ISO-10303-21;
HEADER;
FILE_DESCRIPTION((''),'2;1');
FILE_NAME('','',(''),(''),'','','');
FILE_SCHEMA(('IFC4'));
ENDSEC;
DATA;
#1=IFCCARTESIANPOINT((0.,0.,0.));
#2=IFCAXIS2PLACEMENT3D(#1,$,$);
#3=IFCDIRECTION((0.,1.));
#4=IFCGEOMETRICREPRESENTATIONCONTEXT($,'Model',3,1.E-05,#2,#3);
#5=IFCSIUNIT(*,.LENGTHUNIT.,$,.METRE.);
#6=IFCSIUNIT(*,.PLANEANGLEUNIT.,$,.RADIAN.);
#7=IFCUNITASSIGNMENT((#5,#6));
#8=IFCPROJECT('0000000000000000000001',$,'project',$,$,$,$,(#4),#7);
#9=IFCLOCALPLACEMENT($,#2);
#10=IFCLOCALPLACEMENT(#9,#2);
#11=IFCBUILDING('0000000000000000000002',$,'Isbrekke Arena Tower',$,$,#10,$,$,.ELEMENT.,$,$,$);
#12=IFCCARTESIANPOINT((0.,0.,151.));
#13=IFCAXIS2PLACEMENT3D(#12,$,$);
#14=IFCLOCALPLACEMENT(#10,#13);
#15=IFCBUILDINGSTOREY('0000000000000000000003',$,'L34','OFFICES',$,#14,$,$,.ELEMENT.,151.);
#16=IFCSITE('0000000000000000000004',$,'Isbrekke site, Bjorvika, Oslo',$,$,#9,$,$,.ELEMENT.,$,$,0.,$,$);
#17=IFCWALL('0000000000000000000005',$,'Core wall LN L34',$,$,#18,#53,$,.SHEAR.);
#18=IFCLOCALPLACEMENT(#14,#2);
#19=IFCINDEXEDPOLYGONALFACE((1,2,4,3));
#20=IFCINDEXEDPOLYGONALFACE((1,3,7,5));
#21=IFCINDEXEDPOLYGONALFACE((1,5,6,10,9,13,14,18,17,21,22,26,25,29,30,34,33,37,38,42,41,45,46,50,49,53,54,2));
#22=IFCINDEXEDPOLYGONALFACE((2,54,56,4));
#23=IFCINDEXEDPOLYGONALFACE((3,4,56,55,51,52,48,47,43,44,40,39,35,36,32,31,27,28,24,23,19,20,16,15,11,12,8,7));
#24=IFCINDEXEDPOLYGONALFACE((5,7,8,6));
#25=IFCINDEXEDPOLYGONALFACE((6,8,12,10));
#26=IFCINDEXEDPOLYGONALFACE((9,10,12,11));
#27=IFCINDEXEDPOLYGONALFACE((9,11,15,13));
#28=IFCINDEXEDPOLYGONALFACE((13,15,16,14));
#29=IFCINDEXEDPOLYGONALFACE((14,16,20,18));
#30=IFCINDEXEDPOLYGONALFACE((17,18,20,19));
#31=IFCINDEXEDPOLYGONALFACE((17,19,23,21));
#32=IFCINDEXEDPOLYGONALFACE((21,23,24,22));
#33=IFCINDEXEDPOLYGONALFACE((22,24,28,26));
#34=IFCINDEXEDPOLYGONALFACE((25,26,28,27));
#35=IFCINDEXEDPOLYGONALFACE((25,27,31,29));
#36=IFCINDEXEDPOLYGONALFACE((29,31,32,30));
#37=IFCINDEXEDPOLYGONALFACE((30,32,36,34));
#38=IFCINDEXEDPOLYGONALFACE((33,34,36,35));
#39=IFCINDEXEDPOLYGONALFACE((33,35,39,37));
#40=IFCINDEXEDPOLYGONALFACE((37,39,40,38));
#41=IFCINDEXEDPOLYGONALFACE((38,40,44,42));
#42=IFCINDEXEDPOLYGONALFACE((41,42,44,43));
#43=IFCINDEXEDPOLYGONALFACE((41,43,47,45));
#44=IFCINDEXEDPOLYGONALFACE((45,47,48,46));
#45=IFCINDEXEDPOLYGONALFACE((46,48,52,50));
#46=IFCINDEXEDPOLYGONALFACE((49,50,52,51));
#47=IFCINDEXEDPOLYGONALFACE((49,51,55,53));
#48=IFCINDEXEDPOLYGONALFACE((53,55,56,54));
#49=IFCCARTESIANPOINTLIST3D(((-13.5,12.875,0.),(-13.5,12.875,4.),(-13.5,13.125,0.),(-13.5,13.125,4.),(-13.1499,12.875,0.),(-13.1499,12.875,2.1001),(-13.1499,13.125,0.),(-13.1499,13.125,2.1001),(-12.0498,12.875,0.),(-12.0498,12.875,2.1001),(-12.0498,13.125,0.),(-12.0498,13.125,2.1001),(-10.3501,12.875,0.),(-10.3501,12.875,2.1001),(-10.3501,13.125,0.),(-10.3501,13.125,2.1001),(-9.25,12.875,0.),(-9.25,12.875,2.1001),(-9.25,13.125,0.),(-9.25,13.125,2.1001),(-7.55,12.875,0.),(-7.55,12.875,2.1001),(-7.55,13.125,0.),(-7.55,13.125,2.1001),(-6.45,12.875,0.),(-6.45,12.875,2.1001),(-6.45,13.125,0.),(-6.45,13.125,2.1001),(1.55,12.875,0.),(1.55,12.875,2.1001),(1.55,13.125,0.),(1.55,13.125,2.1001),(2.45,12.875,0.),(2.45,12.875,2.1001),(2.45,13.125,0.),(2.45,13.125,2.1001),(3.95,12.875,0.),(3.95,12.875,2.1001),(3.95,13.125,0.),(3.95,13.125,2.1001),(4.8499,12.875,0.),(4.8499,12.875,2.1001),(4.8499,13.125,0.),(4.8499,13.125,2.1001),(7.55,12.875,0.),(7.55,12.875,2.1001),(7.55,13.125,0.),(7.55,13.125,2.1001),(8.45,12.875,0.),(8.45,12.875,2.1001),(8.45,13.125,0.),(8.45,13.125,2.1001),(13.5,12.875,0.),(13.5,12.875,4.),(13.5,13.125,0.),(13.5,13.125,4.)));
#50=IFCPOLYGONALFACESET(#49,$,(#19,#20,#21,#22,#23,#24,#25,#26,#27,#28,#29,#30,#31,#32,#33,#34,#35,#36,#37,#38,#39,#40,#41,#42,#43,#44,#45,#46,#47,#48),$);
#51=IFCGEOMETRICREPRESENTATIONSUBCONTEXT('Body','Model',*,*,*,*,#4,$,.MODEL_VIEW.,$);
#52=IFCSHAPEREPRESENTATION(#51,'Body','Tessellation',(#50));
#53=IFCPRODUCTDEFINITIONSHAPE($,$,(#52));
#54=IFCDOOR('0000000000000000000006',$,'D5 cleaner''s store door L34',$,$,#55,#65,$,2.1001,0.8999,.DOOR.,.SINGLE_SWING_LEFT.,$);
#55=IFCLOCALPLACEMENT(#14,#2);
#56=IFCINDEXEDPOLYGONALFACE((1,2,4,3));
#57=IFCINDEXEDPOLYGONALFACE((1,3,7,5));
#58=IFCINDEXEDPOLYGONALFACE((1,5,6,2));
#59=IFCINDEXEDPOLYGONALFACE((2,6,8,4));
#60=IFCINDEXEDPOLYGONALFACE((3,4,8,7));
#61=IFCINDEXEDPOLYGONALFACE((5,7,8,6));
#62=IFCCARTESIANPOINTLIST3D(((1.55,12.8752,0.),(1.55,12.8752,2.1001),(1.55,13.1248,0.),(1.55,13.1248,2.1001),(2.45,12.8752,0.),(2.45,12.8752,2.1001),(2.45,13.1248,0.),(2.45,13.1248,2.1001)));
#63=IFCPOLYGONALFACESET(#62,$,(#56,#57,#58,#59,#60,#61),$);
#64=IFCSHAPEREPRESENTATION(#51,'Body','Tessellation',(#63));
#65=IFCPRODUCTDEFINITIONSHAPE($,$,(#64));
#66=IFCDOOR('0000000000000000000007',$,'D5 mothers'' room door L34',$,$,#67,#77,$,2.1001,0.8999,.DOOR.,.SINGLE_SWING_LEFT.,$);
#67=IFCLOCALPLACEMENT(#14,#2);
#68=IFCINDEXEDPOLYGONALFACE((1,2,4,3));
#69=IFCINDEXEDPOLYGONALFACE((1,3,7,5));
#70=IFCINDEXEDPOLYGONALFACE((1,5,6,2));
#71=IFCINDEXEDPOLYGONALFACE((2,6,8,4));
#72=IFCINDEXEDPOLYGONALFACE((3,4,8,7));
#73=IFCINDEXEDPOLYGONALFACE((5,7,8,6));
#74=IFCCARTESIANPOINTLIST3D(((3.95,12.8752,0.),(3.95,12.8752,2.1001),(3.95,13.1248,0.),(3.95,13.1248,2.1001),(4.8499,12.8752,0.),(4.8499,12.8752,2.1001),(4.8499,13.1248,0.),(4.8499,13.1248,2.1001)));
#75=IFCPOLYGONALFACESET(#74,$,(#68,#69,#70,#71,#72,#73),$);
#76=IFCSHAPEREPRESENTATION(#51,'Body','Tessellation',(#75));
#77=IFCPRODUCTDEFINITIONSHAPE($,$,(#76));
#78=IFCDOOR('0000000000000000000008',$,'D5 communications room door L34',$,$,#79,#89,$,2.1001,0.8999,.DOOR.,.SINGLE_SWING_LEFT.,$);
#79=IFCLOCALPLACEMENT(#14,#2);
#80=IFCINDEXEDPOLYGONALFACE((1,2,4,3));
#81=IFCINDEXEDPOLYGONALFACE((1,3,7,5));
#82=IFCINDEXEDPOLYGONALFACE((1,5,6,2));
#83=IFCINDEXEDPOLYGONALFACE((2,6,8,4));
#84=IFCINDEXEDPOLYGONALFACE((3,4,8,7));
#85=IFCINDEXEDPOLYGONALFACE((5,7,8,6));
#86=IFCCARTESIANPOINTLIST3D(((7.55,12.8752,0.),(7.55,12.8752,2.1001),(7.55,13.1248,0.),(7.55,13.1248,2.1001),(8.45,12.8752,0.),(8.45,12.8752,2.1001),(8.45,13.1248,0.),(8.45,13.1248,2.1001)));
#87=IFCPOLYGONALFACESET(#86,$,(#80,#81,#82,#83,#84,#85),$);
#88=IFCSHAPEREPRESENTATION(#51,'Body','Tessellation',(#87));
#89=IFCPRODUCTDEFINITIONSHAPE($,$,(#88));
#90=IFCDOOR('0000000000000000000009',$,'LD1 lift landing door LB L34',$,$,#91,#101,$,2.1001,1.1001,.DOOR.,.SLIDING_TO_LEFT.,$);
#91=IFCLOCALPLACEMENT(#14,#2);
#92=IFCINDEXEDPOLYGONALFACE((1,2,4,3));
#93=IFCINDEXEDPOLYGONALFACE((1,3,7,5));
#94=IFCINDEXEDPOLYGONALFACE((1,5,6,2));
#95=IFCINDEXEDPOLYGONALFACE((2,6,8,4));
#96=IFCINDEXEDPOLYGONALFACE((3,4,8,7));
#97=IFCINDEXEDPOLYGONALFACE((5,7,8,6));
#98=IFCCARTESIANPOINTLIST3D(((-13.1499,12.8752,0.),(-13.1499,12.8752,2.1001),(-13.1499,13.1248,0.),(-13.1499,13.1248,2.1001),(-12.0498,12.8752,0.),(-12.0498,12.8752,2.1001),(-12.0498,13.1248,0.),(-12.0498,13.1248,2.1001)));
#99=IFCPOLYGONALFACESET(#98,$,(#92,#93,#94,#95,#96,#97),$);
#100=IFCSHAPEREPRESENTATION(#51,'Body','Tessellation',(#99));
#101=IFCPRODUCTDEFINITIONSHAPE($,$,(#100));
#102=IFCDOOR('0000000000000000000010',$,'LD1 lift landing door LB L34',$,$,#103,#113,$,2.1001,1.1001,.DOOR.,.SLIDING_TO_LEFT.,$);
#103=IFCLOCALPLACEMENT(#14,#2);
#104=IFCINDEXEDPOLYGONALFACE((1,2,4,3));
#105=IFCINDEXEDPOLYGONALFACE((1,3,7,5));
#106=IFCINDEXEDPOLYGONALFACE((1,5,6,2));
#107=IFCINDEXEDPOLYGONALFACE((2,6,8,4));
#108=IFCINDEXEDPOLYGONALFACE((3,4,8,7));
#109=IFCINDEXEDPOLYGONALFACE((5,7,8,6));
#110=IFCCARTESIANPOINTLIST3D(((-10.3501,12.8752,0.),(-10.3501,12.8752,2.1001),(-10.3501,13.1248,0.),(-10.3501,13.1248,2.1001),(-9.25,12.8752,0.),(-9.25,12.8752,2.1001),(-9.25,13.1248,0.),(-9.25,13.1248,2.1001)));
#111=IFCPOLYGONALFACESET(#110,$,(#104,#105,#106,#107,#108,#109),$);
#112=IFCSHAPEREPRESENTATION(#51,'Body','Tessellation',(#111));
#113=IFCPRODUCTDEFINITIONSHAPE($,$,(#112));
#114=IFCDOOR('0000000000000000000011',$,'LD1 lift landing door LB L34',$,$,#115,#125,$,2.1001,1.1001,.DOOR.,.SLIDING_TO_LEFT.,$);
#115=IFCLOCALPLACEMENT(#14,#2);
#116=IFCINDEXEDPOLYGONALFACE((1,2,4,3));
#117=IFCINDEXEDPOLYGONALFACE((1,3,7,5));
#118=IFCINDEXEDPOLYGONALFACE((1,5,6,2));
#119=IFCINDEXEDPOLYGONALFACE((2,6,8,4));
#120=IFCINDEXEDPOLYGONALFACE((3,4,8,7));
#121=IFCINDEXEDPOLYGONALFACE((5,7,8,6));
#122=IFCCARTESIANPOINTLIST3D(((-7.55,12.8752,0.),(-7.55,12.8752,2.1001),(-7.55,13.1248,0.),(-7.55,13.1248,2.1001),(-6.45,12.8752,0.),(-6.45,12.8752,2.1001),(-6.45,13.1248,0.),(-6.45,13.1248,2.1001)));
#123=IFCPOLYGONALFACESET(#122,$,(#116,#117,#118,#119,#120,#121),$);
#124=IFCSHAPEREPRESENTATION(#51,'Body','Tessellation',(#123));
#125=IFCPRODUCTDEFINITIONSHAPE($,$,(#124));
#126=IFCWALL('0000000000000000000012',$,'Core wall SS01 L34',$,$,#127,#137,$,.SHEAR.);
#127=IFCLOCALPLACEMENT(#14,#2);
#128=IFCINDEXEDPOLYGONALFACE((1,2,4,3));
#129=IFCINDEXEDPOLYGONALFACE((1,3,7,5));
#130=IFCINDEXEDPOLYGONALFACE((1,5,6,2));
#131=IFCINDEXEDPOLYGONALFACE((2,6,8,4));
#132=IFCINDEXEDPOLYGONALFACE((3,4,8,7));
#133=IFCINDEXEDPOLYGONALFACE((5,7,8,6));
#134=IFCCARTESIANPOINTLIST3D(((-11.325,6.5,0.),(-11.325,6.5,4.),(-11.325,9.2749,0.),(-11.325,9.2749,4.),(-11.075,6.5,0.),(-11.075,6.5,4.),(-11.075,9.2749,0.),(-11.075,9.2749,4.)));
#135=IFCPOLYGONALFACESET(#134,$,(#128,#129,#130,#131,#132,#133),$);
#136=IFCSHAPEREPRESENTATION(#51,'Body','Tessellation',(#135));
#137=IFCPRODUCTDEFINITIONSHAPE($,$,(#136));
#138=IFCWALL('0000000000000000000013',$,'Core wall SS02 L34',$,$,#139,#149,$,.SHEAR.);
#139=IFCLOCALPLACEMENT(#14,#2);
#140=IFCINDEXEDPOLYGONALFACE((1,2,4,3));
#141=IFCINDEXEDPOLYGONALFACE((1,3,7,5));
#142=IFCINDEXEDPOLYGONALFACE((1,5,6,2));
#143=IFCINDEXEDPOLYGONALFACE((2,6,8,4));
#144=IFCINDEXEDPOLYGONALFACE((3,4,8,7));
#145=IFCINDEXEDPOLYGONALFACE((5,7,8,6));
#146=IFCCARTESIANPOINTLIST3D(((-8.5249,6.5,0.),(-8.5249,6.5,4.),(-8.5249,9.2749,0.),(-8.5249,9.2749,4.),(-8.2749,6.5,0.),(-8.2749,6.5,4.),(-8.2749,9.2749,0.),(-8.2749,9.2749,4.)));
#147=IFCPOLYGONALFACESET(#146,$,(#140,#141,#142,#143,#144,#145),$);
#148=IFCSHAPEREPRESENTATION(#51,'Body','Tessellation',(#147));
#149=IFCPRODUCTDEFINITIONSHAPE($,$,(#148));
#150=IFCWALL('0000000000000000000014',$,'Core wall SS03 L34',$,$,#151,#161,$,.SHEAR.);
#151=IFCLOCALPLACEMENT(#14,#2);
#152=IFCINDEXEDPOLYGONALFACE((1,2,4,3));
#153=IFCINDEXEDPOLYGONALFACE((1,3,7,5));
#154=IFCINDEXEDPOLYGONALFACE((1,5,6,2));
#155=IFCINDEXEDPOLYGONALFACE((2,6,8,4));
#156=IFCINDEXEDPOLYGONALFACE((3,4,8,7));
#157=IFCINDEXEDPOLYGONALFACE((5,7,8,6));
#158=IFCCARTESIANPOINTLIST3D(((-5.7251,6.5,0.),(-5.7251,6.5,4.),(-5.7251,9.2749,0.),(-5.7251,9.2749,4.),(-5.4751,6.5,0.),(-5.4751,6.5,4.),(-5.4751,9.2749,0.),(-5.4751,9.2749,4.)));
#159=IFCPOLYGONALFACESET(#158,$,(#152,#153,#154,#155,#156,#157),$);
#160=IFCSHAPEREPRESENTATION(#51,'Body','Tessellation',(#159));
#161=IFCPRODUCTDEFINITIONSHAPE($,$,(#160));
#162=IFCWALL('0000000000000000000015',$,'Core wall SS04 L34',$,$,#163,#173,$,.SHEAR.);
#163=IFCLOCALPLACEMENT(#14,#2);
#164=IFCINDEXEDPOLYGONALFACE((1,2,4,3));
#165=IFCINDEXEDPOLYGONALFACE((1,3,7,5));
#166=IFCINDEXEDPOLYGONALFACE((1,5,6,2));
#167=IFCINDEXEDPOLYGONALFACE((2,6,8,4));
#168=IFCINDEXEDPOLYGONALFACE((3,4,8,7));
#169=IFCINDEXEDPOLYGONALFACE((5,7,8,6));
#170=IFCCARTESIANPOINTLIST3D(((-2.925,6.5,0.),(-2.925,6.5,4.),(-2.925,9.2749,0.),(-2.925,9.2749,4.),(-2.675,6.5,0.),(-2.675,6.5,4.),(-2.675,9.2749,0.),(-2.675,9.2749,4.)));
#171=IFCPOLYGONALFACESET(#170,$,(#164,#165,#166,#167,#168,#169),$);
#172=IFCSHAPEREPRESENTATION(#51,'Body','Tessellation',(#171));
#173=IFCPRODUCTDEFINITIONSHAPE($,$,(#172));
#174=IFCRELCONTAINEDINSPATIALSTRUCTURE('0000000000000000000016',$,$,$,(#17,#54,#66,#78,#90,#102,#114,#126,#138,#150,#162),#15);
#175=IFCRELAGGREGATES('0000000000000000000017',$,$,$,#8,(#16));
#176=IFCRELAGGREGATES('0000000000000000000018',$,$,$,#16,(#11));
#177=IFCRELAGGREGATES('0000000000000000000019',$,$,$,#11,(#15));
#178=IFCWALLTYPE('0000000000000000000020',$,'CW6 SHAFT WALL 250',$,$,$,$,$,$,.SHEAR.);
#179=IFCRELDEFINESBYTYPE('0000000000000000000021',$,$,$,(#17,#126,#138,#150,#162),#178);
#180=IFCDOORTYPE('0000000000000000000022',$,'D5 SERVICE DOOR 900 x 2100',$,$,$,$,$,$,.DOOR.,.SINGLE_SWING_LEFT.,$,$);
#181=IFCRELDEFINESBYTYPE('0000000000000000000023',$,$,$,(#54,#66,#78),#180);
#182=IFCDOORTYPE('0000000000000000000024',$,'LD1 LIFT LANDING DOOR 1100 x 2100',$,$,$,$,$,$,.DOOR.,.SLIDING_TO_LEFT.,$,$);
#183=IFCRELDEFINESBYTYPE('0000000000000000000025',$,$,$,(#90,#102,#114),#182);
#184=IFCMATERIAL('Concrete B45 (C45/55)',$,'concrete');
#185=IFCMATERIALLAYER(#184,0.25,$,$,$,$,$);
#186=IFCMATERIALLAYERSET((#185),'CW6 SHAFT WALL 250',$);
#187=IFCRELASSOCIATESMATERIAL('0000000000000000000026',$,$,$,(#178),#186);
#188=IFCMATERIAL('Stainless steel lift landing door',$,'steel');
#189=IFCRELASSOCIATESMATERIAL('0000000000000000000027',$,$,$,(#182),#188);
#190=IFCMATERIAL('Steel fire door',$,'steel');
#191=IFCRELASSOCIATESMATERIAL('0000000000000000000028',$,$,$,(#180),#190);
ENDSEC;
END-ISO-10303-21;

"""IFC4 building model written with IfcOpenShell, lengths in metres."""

from ifc_helpers import new_model, si_unit, direction, frame, frame_2d, origin, place, context, subcontext, project, spatial, rectangle, extrude, material, layer, layer_set, type_object, element, fill, save


model = new_model("IFC4")

# Units and contexts
model_context = context("Model", 3, precision=1e-05, world=origin(), true_north=direction((0.0, 1.0)))
body_context = subcontext(model_context, "Body", "Model", "MODEL_VIEW")
ifc_project = project(units=[si_unit("LENGTHUNIT", "METRE"), si_unit("PLANEANGLEUNIT", "RADIAN")], contexts=[model_context])

# Site, building, storey
site_placement = place(None, origin())
site = spatial("IfcSite", under=ifc_project, at=site_placement, Name="Isbrekke site, Bjorvika, Oslo", CompositionType="ELEMENT", RefElevation=0.0)
building_placement = place(site_placement, origin())
building = spatial("IfcBuilding", under=site, at=building_placement, Name="Isbrekke Arena Tower", CompositionType="ELEMENT")
storey_placement = place(building_placement, frame((0.0, 0.0, 151.0)))
storey = spatial("IfcBuildingStorey", under=building, at=storey_placement, Name="L34", Description="OFFICES", CompositionType="ELEMENT", Elevation=151.0)

# Wall, openings, doors
ifc_material_1 = material(Name="Concrete B45 (C45/55)", Category="concrete")
ifc_layer_1 = layer(ifc_material_1, 0.25)
ifc_layer_set_1 = layer_set([ifc_layer_1], Name="CW6 SHAFT WALL 250")
wall_type_1 = type_object("IfcWallType", Name="CW6 SHAFT WALL 250", PredefinedType="SHEAR", material=ifc_layer_set_1)
ifc_material_2 = material(Name="Stainless steel lift landing door", Category="steel")
door_type_1 = type_object("IfcDoorType", Name="LD1 LIFT LANDING DOOR 1100 x 2100", OperationType="SLIDING_TO_LEFT", PredefinedType="DOOR", material=ifc_material_2)
wall_1_placement = place(storey_placement, frame((-13.5, 13.0, 0.0), z_axis=(0.0, 0.0, 1.0), x_axis=(1.0, 0.0, 0.0)))
wall_1 = element("IfcWall", 1, at=wall_1_placement, inside=storey, type_object=wall_type_1, Name="Core wall LN L34", PredefinedType="SHEAR", context=body_context, shape_type="SweptSolid", body=[
    extrude(rectangle(XDim=27.0, YDim=0.25, at=frame_2d((13.5, 0.0))), origin(), (0.0, 0.0, 1.0), 4.0),
])
opening_1_placement = place(wall_1_placement, frame((0.3501, 0.0, 0.0)))
opening_1 = element("IfcOpeningElement", 2, at=opening_1_placement, cuts=wall_1, PredefinedType="OPENING", context=body_context, shape_type="SweptSolid", body=[
    extrude(rectangle(XDim=1.1001, YDim=2.1001, at=frame_2d((0.55, 1.05))), frame((0.0, 0.1399, 0.0), z_axis=(0.0, -1.0, 0.0), x_axis=(1.0, 0.0, 0.0)), (0.0, 0.0, 1.0), 0.2798),
])
opening_2_placement = place(wall_1_placement, frame((3.1499, 0.0, 0.0)))
opening_2 = element("IfcOpeningElement", 3, at=opening_2_placement, cuts=wall_1, PredefinedType="OPENING", context=body_context, shape_type="SweptSolid", body=[
    extrude(rectangle(XDim=1.1001, YDim=2.1001, at=frame_2d((0.55, 1.05))), frame((0.0, 0.1399, 0.0), z_axis=(0.0, -1.0, 0.0), x_axis=(1.0, 0.0, 0.0)), (0.0, 0.0, 1.0), 0.2798),
])
opening_3_placement = place(wall_1_placement, frame((5.95, 0.0, 0.0)))
opening_3 = element("IfcOpeningElement", 4, at=opening_3_placement, cuts=wall_1, PredefinedType="OPENING", context=body_context, shape_type="SweptSolid", body=[
    extrude(rectangle(XDim=1.1001, YDim=2.1001, at=frame_2d((0.55, 1.05))), frame((0.0, 0.1399, 0.0), z_axis=(0.0, -1.0, 0.0), x_axis=(1.0, 0.0, 0.0)), (0.0, 0.0, 1.0), 0.2798),
])
opening_4_placement = place(wall_1_placement, frame((15.05, 0.0, 0.0)))
opening_4 = element("IfcOpeningElement", 5, at=opening_4_placement, cuts=wall_1, PredefinedType="OPENING", context=body_context, shape_type="SweptSolid", body=[
    extrude(rectangle(XDim=0.8999, YDim=2.1001, at=frame_2d((0.45, 1.05))), frame((0.0, 0.1399, 0.0), z_axis=(0.0, -1.0, 0.0), x_axis=(1.0, 0.0, 0.0)), (0.0, 0.0, 1.0), 0.2798),
])
opening_5_placement = place(wall_1_placement, frame((17.45, 0.0, 0.0)))
opening_5 = element("IfcOpeningElement", 6, at=opening_5_placement, cuts=wall_1, PredefinedType="OPENING", context=body_context, shape_type="SweptSolid", body=[
    extrude(rectangle(XDim=0.8999, YDim=2.1001, at=frame_2d((0.45, 1.05))), frame((0.0, 0.1399, 0.0), z_axis=(0.0, -1.0, 0.0), x_axis=(1.0, 0.0, 0.0)), (0.0, 0.0, 1.0), 0.2798),
])
opening_6_placement = place(wall_1_placement, frame((21.05, 0.0, 0.0)))
opening_6 = element("IfcOpeningElement", 7, at=opening_6_placement, cuts=wall_1, PredefinedType="OPENING", context=body_context, shape_type="SweptSolid", body=[
    extrude(rectangle(XDim=0.8999, YDim=2.1001, at=frame_2d((0.45, 1.05))), frame((0.0, 0.1399, 0.0), z_axis=(0.0, -1.0, 0.0), x_axis=(1.0, 0.0, 0.0)), (0.0, 0.0, 1.0), 0.2798),
])
ifc_material_3 = material(Name="Steel fire door", Category="steel")
door_type_2 = type_object("IfcDoorType", Name="D5 SERVICE DOOR 900 x 2100", OperationType="SINGLE_SWING_LEFT", PredefinedType="DOOR", material=ifc_material_3)
door_1_placement = place(opening_4_placement, origin())
door_1 = element("IfcDoor", 8, at=door_1_placement, inside=storey, type_object=door_type_2, Name="D5 cleaner's store door L34", OperationType="SINGLE_SWING_LEFT", OverallHeight=2.1001, OverallWidth=0.8999, PredefinedType="DOOR", context=body_context, shape_type="SweptSolid", body=[
    extrude(rectangle(XDim=0.8999, YDim=2.1001, at=frame_2d((0.45, 1.05))), frame((0.0, 0.1248, 0.0), z_axis=(0.0, -1.0, 0.0), x_axis=(1.0, 0.0, 0.0)), (0.0, 0.0, 1.0), 0.2495),
])
fill(opening_4, door_1)
door_2_placement = place(opening_5_placement, origin())
door_2 = element("IfcDoor", 9, at=door_2_placement, inside=storey, type_object=door_type_2, Name="D5 mothers' room door L34", OperationType="SINGLE_SWING_LEFT", OverallHeight=2.1001, OverallWidth=0.8999, PredefinedType="DOOR", context=body_context, shape_type="SweptSolid", body=[
    extrude(rectangle(XDim=0.8999, YDim=2.1001, at=frame_2d((0.45, 1.05))), frame((0.0, 0.1248, 0.0), z_axis=(0.0, -1.0, 0.0), x_axis=(1.0, 0.0, 0.0)), (0.0, 0.0, 1.0), 0.2495),
])
fill(opening_5, door_2)
door_3_placement = place(opening_6_placement, origin())
door_3 = element("IfcDoor", 10, at=door_3_placement, inside=storey, type_object=door_type_2, Name="D5 communications room door L34", OperationType="SINGLE_SWING_LEFT", OverallHeight=2.1001, OverallWidth=0.8999, PredefinedType="DOOR", context=body_context, shape_type="SweptSolid", body=[
    extrude(rectangle(XDim=0.8999, YDim=2.1001, at=frame_2d((0.45, 1.05))), frame((0.0, 0.1248, 0.0), z_axis=(0.0, -1.0, 0.0), x_axis=(1.0, 0.0, 0.0)), (0.0, 0.0, 1.0), 0.2495),
])
fill(opening_6, door_3)
door_4_placement = place(opening_1_placement, origin())
door_4 = element("IfcDoor", 11, at=door_4_placement, inside=storey, type_object=door_type_1, Name="LD1 lift landing door LB L34", OperationType="SLIDING_TO_LEFT", OverallHeight=2.1001, OverallWidth=1.1001, PredefinedType="DOOR", context=body_context, shape_type="SweptSolid", body=[
    extrude(rectangle(XDim=1.1001, YDim=2.1001, at=frame_2d((0.55, 1.05))), frame((0.0, 0.1248, 0.0), z_axis=(0.0, -1.0, 0.0), x_axis=(1.0, 0.0, 0.0)), (0.0, 0.0, 1.0), 0.2495),
])
fill(opening_1, door_4)
door_5_placement = place(opening_2_placement, origin())
door_5 = element("IfcDoor", 12, at=door_5_placement, inside=storey, type_object=door_type_1, Name="LD1 lift landing door LB L34", OperationType="SLIDING_TO_LEFT", OverallHeight=2.1001, OverallWidth=1.1001, PredefinedType="DOOR", context=body_context, shape_type="SweptSolid", body=[
    extrude(rectangle(XDim=1.1001, YDim=2.1001, at=frame_2d((0.55, 1.05))), frame((0.0, 0.1248, 0.0), z_axis=(0.0, -1.0, 0.0), x_axis=(1.0, 0.0, 0.0)), (0.0, 0.0, 1.0), 0.2495),
])
fill(opening_2, door_5)
door_6_placement = place(opening_3_placement, origin())
door_6 = element("IfcDoor", 13, at=door_6_placement, inside=storey, type_object=door_type_1, Name="LD1 lift landing door LB L34", OperationType="SLIDING_TO_LEFT", OverallHeight=2.1001, OverallWidth=1.1001, PredefinedType="DOOR", context=body_context, shape_type="SweptSolid", body=[
    extrude(rectangle(XDim=1.1001, YDim=2.1001, at=frame_2d((0.55, 1.05))), frame((0.0, 0.1248, 0.0), z_axis=(0.0, -1.0, 0.0), x_axis=(1.0, 0.0, 0.0)), (0.0, 0.0, 1.0), 0.2495),
])
fill(opening_3, door_6)

# Walls
for number, where, z_axis, x_axis, name in (
    (14, (-11.2, 6.5, 0.0), (0.0, 0.0, 1.0), (0.0, 1.0, 0.0), "Core wall SS01 L34"),
    (15, (-8.3999, 6.5, 0.0), (0.0, 0.0, 1.0), (0.0, 1.0, 0.0), "Core wall SS02 L34"),
    (16, (-5.6001, 6.5, 0.0), (0.0, 0.0, 1.0), (0.0, 1.0, 0.0), "Core wall SS03 L34"),
    (17, (-2.8, 6.5, 0.0), (0.0, 0.0, 1.0), (0.0, 1.0, 0.0), "Core wall SS04 L34"),
):
    element("IfcWall", number, at=place(storey_placement, frame(where, z_axis=z_axis, x_axis=x_axis)), inside=storey, type_object=wall_type_1, Name=name, PredefinedType="SHEAR", context=body_context, shape_type="SweptSolid", body=[
        extrude(rectangle(XDim=2.7749, YDim=0.25, at=frame_2d((1.3875, 0.0))), origin(), (0.0, 0.0, 1.0), 4.0),
    ])

save(model, "model.ifc")
